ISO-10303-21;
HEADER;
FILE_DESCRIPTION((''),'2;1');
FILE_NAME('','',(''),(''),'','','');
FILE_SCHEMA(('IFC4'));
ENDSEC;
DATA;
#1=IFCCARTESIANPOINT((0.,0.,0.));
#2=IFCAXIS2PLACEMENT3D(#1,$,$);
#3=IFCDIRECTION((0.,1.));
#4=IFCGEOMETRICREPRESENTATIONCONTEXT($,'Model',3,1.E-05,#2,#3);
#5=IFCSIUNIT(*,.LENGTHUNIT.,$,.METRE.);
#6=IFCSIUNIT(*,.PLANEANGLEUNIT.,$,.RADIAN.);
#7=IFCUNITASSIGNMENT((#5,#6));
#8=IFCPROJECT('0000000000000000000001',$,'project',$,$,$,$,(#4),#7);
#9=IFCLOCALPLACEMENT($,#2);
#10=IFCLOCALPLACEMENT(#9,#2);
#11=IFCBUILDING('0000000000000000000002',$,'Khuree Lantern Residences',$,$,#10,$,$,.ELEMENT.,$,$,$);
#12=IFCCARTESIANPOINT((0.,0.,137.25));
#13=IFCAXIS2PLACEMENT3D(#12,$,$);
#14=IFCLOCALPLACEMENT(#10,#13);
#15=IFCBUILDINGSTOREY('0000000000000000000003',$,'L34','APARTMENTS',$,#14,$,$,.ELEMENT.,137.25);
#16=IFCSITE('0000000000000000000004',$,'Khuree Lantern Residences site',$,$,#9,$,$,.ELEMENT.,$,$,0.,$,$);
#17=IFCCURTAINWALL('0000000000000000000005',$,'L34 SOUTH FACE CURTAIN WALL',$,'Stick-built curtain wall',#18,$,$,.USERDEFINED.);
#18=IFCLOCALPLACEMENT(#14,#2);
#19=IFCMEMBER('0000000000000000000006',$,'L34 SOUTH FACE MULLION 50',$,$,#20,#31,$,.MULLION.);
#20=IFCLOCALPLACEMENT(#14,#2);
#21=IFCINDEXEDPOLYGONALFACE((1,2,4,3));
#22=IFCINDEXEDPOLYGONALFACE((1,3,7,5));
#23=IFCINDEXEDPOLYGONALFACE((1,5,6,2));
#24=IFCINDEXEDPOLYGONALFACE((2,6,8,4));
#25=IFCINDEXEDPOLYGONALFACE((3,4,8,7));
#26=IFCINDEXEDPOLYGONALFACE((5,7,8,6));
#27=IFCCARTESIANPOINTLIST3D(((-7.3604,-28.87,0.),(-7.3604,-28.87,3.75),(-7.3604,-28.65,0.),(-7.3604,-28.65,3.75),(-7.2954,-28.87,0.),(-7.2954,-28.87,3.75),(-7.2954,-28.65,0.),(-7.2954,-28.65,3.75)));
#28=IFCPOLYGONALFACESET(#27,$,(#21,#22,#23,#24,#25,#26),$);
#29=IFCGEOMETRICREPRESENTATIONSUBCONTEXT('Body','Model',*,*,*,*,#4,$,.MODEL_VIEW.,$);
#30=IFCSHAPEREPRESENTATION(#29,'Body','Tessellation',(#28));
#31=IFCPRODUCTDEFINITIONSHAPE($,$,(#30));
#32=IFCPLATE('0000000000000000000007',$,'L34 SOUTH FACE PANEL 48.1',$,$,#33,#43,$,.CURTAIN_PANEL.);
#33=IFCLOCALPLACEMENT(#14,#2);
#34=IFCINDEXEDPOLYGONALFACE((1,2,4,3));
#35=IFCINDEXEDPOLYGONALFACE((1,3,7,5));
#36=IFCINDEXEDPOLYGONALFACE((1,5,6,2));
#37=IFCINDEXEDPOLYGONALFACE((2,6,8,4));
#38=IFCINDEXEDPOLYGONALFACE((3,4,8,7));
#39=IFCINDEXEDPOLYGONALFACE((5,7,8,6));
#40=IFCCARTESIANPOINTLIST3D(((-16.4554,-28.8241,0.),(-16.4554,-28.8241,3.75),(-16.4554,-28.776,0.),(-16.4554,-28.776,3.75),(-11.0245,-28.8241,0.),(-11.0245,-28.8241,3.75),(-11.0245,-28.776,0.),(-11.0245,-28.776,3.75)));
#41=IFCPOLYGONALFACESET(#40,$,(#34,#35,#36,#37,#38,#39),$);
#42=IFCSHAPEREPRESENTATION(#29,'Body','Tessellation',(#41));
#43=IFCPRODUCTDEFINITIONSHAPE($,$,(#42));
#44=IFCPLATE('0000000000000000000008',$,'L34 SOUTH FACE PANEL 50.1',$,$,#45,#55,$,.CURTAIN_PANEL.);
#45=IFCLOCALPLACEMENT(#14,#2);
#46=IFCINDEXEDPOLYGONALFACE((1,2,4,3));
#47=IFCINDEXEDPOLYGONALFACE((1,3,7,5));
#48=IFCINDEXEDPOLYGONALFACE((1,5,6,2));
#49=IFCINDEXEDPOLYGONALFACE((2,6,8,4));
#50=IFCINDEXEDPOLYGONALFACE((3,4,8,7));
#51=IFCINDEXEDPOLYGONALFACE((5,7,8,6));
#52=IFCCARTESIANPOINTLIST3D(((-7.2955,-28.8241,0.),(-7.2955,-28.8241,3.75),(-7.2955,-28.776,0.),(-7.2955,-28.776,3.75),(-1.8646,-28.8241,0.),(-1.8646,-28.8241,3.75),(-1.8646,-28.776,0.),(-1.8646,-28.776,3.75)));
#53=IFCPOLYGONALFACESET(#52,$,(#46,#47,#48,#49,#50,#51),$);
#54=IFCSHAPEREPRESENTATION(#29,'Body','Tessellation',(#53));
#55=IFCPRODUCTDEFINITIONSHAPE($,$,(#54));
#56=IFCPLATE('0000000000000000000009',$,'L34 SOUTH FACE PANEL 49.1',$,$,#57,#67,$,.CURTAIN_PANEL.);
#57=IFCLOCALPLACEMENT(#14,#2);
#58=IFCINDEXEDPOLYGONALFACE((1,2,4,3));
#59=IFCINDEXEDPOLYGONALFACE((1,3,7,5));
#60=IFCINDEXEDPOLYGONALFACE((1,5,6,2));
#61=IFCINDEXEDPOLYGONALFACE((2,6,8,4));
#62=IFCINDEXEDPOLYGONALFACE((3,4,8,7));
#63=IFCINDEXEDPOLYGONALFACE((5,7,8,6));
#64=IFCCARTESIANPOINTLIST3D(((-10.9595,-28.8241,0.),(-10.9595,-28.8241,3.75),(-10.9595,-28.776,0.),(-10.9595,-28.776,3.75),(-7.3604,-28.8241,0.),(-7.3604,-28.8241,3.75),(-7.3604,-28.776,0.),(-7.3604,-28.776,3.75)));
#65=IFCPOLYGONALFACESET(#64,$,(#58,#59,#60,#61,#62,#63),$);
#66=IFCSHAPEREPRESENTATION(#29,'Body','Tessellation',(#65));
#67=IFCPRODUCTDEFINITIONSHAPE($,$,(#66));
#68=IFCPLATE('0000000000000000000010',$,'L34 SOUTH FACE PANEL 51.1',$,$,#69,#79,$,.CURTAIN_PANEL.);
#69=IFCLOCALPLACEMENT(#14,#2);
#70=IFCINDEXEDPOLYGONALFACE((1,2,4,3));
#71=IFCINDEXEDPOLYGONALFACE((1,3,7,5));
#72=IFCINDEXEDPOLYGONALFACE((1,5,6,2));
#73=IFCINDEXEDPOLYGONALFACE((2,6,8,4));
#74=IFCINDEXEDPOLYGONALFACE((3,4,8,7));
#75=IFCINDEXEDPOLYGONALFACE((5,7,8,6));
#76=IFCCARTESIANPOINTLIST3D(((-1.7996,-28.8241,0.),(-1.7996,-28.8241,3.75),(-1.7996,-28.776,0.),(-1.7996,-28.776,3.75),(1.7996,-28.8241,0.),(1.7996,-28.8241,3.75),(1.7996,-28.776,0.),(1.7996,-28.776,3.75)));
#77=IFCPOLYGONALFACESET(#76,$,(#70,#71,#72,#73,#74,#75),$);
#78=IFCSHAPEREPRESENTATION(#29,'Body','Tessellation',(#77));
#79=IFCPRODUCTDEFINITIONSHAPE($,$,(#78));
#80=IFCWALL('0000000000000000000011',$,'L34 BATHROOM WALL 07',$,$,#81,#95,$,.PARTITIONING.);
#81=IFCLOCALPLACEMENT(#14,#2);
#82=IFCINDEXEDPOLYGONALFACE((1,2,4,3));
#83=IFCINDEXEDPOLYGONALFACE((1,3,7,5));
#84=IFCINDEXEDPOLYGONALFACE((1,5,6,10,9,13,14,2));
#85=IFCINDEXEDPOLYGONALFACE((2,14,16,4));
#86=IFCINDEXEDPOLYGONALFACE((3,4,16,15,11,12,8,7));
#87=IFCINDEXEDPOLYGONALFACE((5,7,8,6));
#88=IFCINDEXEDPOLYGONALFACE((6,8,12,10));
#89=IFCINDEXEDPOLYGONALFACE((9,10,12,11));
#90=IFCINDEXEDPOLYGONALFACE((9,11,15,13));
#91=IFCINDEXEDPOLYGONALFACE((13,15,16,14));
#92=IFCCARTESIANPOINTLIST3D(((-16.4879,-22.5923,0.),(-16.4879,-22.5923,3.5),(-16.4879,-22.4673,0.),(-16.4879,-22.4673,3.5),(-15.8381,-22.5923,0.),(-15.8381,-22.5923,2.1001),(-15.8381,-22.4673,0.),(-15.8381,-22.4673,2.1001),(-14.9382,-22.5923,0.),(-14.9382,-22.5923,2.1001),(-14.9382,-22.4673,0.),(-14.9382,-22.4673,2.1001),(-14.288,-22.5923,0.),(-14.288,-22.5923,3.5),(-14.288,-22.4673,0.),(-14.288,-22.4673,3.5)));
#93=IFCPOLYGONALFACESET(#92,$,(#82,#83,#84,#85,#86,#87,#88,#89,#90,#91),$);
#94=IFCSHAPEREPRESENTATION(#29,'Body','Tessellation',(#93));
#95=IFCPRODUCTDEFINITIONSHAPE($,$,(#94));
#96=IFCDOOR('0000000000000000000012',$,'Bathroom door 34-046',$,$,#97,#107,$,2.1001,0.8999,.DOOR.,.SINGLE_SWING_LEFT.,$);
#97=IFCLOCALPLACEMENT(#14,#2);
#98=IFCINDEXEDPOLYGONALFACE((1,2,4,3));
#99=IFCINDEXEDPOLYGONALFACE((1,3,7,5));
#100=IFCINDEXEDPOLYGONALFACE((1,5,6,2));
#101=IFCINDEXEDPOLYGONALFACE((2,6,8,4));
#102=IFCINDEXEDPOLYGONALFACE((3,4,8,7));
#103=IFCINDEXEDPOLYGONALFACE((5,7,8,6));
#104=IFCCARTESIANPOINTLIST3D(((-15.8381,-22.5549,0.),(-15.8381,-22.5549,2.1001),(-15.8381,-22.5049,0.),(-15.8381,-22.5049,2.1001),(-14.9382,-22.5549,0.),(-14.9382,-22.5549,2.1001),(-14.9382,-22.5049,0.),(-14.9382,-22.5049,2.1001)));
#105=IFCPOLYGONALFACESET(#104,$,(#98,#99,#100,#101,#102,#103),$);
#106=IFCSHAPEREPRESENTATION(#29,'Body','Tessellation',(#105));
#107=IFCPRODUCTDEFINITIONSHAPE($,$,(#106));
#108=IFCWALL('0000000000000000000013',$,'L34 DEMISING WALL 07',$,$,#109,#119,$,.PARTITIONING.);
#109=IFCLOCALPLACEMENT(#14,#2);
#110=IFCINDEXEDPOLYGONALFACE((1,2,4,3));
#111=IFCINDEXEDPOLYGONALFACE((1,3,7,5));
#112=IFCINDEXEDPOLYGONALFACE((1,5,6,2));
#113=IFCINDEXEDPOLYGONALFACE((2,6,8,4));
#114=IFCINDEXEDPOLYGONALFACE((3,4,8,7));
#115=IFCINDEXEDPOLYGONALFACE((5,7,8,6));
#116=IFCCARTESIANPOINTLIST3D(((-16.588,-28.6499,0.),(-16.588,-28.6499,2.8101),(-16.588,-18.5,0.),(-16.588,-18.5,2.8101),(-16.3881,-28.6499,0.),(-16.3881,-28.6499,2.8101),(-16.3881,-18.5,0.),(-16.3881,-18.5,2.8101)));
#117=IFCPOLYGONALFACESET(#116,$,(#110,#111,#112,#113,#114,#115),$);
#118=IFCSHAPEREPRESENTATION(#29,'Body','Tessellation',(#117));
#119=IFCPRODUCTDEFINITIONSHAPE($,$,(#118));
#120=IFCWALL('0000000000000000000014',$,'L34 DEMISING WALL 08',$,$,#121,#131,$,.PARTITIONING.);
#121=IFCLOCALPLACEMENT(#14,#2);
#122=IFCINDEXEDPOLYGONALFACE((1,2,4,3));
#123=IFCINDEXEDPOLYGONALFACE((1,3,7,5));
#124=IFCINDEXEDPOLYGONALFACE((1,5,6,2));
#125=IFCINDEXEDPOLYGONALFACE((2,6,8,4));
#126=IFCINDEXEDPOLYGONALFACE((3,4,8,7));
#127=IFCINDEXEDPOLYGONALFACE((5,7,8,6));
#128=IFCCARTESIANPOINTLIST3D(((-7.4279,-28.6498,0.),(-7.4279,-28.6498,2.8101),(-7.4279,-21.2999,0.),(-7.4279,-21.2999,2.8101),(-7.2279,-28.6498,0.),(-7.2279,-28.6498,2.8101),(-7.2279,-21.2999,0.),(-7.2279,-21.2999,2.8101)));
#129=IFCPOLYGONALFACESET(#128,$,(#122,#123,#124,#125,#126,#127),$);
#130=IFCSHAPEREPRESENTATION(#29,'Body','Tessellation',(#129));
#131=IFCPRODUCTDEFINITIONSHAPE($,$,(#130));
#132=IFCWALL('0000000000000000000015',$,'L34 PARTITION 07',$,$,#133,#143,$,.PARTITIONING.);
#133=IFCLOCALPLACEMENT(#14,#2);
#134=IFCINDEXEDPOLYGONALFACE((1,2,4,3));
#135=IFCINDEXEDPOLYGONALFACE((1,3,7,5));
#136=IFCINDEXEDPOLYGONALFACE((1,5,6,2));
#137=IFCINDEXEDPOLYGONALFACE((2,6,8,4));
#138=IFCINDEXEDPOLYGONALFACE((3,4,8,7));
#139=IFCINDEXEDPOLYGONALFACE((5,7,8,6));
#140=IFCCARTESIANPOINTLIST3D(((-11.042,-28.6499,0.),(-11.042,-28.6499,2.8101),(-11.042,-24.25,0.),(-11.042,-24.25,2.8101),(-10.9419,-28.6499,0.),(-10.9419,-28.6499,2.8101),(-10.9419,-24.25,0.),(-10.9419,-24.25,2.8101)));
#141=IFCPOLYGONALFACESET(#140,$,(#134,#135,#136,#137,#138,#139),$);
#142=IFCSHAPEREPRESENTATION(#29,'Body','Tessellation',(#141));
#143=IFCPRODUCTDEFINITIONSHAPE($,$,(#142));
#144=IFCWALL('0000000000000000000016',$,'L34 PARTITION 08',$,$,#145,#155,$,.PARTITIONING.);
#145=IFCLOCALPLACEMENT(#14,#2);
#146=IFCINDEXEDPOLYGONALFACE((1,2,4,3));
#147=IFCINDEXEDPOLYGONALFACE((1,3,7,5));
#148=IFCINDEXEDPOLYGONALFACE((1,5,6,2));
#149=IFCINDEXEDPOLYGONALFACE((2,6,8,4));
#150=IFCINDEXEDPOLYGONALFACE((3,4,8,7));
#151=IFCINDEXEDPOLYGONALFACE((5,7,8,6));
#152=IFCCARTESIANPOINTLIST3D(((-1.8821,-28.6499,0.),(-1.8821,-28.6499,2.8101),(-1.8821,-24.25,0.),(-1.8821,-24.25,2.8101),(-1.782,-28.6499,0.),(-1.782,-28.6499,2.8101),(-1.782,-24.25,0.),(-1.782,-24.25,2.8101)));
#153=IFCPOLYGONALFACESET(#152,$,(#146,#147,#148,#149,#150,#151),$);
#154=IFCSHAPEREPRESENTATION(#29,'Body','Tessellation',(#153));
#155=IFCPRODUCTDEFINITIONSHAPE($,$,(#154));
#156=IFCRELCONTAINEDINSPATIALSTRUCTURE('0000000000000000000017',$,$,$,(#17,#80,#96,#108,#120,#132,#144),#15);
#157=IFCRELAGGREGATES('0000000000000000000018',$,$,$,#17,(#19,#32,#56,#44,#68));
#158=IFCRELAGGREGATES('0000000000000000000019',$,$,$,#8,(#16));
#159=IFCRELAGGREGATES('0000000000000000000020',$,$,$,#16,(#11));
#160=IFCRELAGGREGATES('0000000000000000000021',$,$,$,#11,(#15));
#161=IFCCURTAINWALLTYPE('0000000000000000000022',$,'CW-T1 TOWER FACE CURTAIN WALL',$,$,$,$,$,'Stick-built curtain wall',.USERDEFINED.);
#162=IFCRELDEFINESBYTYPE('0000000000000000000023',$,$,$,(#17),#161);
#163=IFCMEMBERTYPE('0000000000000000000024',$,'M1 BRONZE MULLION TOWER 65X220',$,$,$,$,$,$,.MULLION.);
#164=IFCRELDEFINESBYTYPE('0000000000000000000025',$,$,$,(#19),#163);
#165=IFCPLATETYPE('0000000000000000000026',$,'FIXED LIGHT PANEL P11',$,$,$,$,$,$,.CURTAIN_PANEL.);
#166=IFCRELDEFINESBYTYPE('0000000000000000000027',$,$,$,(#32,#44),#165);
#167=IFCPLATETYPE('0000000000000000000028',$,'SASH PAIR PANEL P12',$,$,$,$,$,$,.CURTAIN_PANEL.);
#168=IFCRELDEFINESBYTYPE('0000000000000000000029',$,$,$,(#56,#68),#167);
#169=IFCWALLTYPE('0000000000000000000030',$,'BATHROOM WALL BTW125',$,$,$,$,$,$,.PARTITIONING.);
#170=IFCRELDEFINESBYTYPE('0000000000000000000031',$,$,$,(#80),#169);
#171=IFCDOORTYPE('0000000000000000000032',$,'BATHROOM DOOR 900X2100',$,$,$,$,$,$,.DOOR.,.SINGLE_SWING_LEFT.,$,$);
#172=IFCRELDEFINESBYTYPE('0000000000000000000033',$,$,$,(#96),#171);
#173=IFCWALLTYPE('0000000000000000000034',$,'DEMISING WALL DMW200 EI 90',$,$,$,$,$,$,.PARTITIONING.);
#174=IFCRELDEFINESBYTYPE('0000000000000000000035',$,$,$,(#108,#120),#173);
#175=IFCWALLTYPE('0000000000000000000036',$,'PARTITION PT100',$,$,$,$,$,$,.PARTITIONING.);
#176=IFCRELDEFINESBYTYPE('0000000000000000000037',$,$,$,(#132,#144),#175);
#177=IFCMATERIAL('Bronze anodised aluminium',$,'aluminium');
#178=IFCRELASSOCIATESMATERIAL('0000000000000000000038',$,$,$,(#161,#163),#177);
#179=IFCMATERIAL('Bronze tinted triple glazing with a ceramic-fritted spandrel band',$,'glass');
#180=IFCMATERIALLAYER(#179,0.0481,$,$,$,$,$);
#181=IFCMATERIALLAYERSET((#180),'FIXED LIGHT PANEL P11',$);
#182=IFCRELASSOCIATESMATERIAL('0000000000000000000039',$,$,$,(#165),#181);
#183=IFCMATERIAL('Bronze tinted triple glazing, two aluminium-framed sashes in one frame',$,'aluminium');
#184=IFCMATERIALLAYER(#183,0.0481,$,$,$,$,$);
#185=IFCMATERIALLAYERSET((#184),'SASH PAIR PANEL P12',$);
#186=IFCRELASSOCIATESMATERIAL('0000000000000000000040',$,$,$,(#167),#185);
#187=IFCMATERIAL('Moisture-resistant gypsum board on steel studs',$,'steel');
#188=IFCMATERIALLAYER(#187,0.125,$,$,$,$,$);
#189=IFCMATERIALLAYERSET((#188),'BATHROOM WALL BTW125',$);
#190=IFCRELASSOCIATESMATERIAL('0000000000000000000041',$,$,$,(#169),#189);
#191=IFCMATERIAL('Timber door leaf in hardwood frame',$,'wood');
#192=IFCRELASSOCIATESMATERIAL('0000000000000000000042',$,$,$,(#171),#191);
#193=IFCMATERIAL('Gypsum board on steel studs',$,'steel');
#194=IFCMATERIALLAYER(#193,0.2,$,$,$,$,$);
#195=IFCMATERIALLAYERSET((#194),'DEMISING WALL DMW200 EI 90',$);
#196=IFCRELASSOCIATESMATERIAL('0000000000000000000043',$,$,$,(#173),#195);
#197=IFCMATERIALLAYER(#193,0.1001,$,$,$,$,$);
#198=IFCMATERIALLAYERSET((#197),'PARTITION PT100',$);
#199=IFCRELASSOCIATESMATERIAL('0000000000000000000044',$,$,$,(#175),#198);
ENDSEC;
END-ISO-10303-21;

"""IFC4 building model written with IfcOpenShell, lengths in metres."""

from ifc_helpers import new_model, si_unit, direction, frame, frame_2d, origin, origin_2d, place, context, subcontext, project, spatial, rectangle, extrude, material, layer, layer_set, material_profile, profile_set, type_object, element, fill, aggregate, save


model = new_model("IFC4")

# Units and contexts
model_context = context("Model", 3, precision=1e-05, world=origin(), true_north=direction((0.0, 1.0)))
body_context = subcontext(model_context, "Body", "Model", "MODEL_VIEW")
ifc_project = project(units=[si_unit("LENGTHUNIT", "METRE"), si_unit("PLANEANGLEUNIT", "RADIAN")], contexts=[model_context])

# Site, building, storey
site_placement = place(None, origin())
site = spatial("IfcSite", under=ifc_project, at=site_placement, Name="Khuree Lantern Residences site", CompositionType="ELEMENT", RefElevation=0.0)
building_placement = place(site_placement, origin())
building = spatial("IfcBuilding", under=site, at=building_placement, Name="Khuree Lantern Residences", CompositionType="ELEMENT")
storey_placement = place(building_placement, frame((0.0, 0.0, 137.25)))
storey = spatial("IfcBuildingStorey", under=building, at=storey_placement, Name="L34", Description="APARTMENTS", CompositionType="ELEMENT", Elevation=137.25)

# Curtain wall
ifc_material_1 = material(Name="Bronze anodised aluminium", Category="aluminium")
curtain_wall_type = type_object("IfcCurtainWallType", Name="CW-T1 TOWER FACE CURTAIN WALL", ElementType="Stick-built curtain wall", PredefinedType="USERDEFINED", material=ifc_material_1)
curtain_wall_placement = place(storey_placement, origin())
curtain_wall = element("IfcCurtainWall", 1, at=curtain_wall_placement, inside=storey, type_object=curtain_wall_type, Name="L34 SOUTH FACE CURTAIN WALL", ObjectType="Stick-built curtain wall", PredefinedType="USERDEFINED")

# Member
ifc_material_profile_1 = material_profile(ifc_material_1, rectangle(XDim=0.0649, YDim=0.22, at=origin_2d()), Name="M1 65X220")
ifc_profile_set_1 = profile_set([ifc_material_profile_1], Name="Bronze anodised aluminium")
member_type_1 = type_object("IfcMemberType", Name="M1 BRONZE MULLION TOWER 65X220", PredefinedType="MULLION", material=ifc_profile_set_1)
member_1_placement = place(storey_placement, frame((-7.3279, -28.76, 0.0), z_axis=(0.0, 0.0, 1.0), x_axis=(1.0, 0.0, 0.0)))
member_1 = element("IfcMember", 2, at=member_1_placement, type_object=member_type_1, Name="L34 SOUTH FACE MULLION 50", PredefinedType="MULLION", context=body_context, shape_type="SweptSolid", body=[
    extrude(rectangle(XDim=0.0649, YDim=0.22, at=origin_2d()), origin(), (0.0, 0.0, 1.0), 3.75),
])

# Plates
ifc_material_2 = material(Name="Bronze tinted triple glazing with a ceramic-fritted spandrel band", Category="glass")
ifc_layer_1 = layer(ifc_material_2, 0.0481)
ifc_layer_set_1 = layer_set([ifc_layer_1], Name="FIXED LIGHT PANEL P11")
plate_type_1 = type_object("IfcPlateType", Name="FIXED LIGHT PANEL P11", PredefinedType="CURTAIN_PANEL", material=ifc_layer_set_1)
plate_1_placement = place(storey_placement, frame((-13.74, -28.8, 0.0), z_axis=(0.0, 0.0, 1.0), x_axis=(1.0, 0.0, 0.0)))
plate_1 = element("IfcPlate", 3, at=plate_1_placement, type_object=plate_type_1, Name="L34 SOUTH FACE PANEL 48.1", PredefinedType="CURTAIN_PANEL", context=body_context, shape_type="SweptSolid", body=[
    extrude(rectangle(XDim=5.4309, YDim=0.0481, at=origin_2d()), origin(), (0.0, 0.0, 1.0), 3.75),
])
plate_2_placement = place(storey_placement, frame((-4.5801, -28.8, 0.0), z_axis=(0.0, 0.0, 1.0), x_axis=(1.0, 0.0, 0.0)))
plate_2 = element("IfcPlate", 4, at=plate_2_placement, type_object=plate_type_1, Name="L34 SOUTH FACE PANEL 50.1", PredefinedType="CURTAIN_PANEL", context=body_context, shape_type="SweptSolid", body=[
    extrude(rectangle(XDim=5.4309, YDim=0.0481, at=origin_2d()), origin(), (0.0, 0.0, 1.0), 3.75),
])
ifc_material_3 = material(Name="Bronze tinted triple glazing, two aluminium-framed sashes in one frame", Category="aluminium")
ifc_layer_2 = layer(ifc_material_3, 0.0481)
ifc_layer_set_2 = layer_set([ifc_layer_2], Name="SASH PAIR PANEL P12")
plate_type_2 = type_object("IfcPlateType", Name="SASH PAIR PANEL P12", PredefinedType="CURTAIN_PANEL", material=ifc_layer_set_2)
plate_3_placement = place(storey_placement, frame((-9.1599, -28.8, 0.0), z_axis=(0.0, 0.0, 1.0), x_axis=(1.0, 0.0, 0.0)))
plate_3 = element("IfcPlate", 5, at=plate_3_placement, type_object=plate_type_2, Name="L34 SOUTH FACE PANEL 49.1", PredefinedType="CURTAIN_PANEL", context=body_context, shape_type="SweptSolid", body=[
    extrude(rectangle(XDim=3.5991, YDim=0.0481, at=origin_2d()), origin(), (0.0, 0.0, 1.0), 3.75),
])
plate_4_placement = place(storey_placement, frame((0.0, -28.8, 0.0), z_axis=(0.0, 0.0, 1.0), x_axis=(1.0, 0.0, 0.0)))
plate_4 = element("IfcPlate", 6, at=plate_4_placement, type_object=plate_type_2, Name="L34 SOUTH FACE PANEL 51.1", PredefinedType="CURTAIN_PANEL", context=body_context, shape_type="SweptSolid", body=[
    extrude(rectangle(XDim=3.5991, YDim=0.0481, at=origin_2d()), origin(), (0.0, 0.0, 1.0), 3.75),
])
aggregate(curtain_wall, [member_1, plate_1, plate_3, plate_2, plate_4])

# Wall, opening, door
ifc_material_4 = material(Name="Moisture-resistant gypsum board on steel studs", Category="steel")
ifc_layer_3 = layer(ifc_material_4, 0.125)
ifc_layer_set_3 = layer_set([ifc_layer_3], Name="BATHROOM WALL BTW125")
wall_type_1 = type_object("IfcWallType", Name="BATHROOM WALL BTW125", PredefinedType="PARTITIONING", material=ifc_layer_set_3)
wall_1_placement = place(storey_placement, frame((-16.488, -22.5298, 0.0), z_axis=(0.0, 0.0, 1.0), x_axis=(1.0, 0.0, 0.0)))
wall_1 = element("IfcWall", 7, at=wall_1_placement, inside=storey, type_object=wall_type_1, Name="L34 BATHROOM WALL 07", PredefinedType="PARTITIONING", context=body_context, shape_type="SweptSolid", body=[
    extrude(rectangle(XDim=2.2, YDim=0.125, at=frame_2d((1.1001, 0.0))), origin(), (0.0, 0.0, 1.0), 3.5),
])
opening_1_placement = place(wall_1_placement, frame((0.6499, 0.0, 0.0)))
opening_1 = element("IfcOpeningElement", 8, at=opening_1_placement, cuts=wall_1, PredefinedType="OPENING", context=body_context, shape_type="SweptSolid", body=[
    extrude(rectangle(XDim=0.8999, YDim=2.1001, at=frame_2d((0.45, 1.05))), frame((0.0, 0.0725, 0.0), z_axis=(0.0, -1.0, 0.0), x_axis=(1.0, 0.0, 0.0)), (0.0, 0.0, 1.0), 0.145),
])
ifc_material_5 = material(Name="Timber door leaf in hardwood frame", Category="wood")
door_type_1 = type_object("IfcDoorType", Name="BATHROOM DOOR 900X2100", OperationType="SINGLE_SWING_LEFT", PredefinedType="DOOR", material=ifc_material_5)
door_1_placement = place(opening_1_placement, origin())
door_1 = element("IfcDoor", 9, at=door_1_placement, inside=storey, type_object=door_type_1, Name="Bathroom door 34-046", OperationType="SINGLE_SWING_LEFT", OverallHeight=2.1001, OverallWidth=0.8999, PredefinedType="DOOR", context=body_context, shape_type="SweptSolid", body=[
    extrude(rectangle(XDim=0.8999, YDim=2.1001, at=frame_2d((0.45, 1.05))), frame((0.0, 0.0249, 0.0), z_axis=(0.0, -1.0, 0.0), x_axis=(1.0, 0.0, 0.0)), (0.0, 0.0, 1.0), 0.05),
])
fill(opening_1, door_1)

# Walls
ifc_material_6 = material(Name="Gypsum board on steel studs", Category="steel")
ifc_layer_4 = layer(ifc_material_6, 0.2)
ifc_layer_set_4 = layer_set([ifc_layer_4], Name="DEMISING WALL DMW200 EI 90")
wall_type_2 = type_object("IfcWallType", Name="DEMISING WALL DMW200 EI 90", PredefinedType="PARTITIONING", material=ifc_layer_set_4)
wall_2_placement = place(storey_placement, frame((-16.488, -18.5, 0.0), z_axis=(0.0, 0.0, 1.0), x_axis=(0.0, -1.0, 0.0)))
element("IfcWall", 10, at=wall_2_placement, inside=storey, type_object=wall_type_2, Name="L34 DEMISING WALL 07", PredefinedType="PARTITIONING", context=body_context, shape_type="SweptSolid", body=[
    extrude(rectangle(XDim=10.1499, YDim=0.2, at=frame_2d((5.075, 0.0))), origin(), (0.0, 0.0, 1.0), 2.8101),
])
wall_3_placement = place(storey_placement, frame((-7.3279, -21.3, 0.0), z_axis=(0.0, 0.0, 1.0), x_axis=(0.0, -1.0, 0.0)))
element("IfcWall", 11, at=wall_3_placement, inside=storey, type_object=wall_type_2, Name="L34 DEMISING WALL 08", PredefinedType="PARTITIONING", context=body_context, shape_type="SweptSolid", body=[
    extrude(rectangle(XDim=7.3499, YDim=0.2, at=frame_2d((3.6748, 0.0))), origin(), (0.0, 0.0, 1.0), 2.8101),
])
ifc_layer_5 = layer(ifc_material_6, 0.1001)
ifc_layer_set_5 = layer_set([ifc_layer_5], Name="PARTITION PT100")
wall_type_3 = type_object("IfcWallType", Name="PARTITION PT100", PredefinedType="PARTITIONING", material=ifc_layer_set_5)
for number, where, z_axis, x_axis, name in (
    (12, (-10.9919, -24.25, 0.0), (0.0, 0.0, 1.0), (0.0, -1.0, 0.0), "L34 PARTITION 07"),
    (13, (-1.832, -24.25, 0.0), (0.0, 0.0, 1.0), (0.0, -1.0, 0.0), "L34 PARTITION 08"),
):
    element("IfcWall", number, at=place(storey_placement, frame(where, z_axis=z_axis, x_axis=x_axis)), inside=storey, type_object=wall_type_3, Name=name, PredefinedType="PARTITIONING", context=body_context, shape_type="SweptSolid", body=[
        extrude(rectangle(XDim=4.3999, YDim=0.1001, at=frame_2d((2.2, 0.0))), origin(), (0.0, 0.0, 1.0), 2.8101),
    ])

save(model, "model.ifc")
